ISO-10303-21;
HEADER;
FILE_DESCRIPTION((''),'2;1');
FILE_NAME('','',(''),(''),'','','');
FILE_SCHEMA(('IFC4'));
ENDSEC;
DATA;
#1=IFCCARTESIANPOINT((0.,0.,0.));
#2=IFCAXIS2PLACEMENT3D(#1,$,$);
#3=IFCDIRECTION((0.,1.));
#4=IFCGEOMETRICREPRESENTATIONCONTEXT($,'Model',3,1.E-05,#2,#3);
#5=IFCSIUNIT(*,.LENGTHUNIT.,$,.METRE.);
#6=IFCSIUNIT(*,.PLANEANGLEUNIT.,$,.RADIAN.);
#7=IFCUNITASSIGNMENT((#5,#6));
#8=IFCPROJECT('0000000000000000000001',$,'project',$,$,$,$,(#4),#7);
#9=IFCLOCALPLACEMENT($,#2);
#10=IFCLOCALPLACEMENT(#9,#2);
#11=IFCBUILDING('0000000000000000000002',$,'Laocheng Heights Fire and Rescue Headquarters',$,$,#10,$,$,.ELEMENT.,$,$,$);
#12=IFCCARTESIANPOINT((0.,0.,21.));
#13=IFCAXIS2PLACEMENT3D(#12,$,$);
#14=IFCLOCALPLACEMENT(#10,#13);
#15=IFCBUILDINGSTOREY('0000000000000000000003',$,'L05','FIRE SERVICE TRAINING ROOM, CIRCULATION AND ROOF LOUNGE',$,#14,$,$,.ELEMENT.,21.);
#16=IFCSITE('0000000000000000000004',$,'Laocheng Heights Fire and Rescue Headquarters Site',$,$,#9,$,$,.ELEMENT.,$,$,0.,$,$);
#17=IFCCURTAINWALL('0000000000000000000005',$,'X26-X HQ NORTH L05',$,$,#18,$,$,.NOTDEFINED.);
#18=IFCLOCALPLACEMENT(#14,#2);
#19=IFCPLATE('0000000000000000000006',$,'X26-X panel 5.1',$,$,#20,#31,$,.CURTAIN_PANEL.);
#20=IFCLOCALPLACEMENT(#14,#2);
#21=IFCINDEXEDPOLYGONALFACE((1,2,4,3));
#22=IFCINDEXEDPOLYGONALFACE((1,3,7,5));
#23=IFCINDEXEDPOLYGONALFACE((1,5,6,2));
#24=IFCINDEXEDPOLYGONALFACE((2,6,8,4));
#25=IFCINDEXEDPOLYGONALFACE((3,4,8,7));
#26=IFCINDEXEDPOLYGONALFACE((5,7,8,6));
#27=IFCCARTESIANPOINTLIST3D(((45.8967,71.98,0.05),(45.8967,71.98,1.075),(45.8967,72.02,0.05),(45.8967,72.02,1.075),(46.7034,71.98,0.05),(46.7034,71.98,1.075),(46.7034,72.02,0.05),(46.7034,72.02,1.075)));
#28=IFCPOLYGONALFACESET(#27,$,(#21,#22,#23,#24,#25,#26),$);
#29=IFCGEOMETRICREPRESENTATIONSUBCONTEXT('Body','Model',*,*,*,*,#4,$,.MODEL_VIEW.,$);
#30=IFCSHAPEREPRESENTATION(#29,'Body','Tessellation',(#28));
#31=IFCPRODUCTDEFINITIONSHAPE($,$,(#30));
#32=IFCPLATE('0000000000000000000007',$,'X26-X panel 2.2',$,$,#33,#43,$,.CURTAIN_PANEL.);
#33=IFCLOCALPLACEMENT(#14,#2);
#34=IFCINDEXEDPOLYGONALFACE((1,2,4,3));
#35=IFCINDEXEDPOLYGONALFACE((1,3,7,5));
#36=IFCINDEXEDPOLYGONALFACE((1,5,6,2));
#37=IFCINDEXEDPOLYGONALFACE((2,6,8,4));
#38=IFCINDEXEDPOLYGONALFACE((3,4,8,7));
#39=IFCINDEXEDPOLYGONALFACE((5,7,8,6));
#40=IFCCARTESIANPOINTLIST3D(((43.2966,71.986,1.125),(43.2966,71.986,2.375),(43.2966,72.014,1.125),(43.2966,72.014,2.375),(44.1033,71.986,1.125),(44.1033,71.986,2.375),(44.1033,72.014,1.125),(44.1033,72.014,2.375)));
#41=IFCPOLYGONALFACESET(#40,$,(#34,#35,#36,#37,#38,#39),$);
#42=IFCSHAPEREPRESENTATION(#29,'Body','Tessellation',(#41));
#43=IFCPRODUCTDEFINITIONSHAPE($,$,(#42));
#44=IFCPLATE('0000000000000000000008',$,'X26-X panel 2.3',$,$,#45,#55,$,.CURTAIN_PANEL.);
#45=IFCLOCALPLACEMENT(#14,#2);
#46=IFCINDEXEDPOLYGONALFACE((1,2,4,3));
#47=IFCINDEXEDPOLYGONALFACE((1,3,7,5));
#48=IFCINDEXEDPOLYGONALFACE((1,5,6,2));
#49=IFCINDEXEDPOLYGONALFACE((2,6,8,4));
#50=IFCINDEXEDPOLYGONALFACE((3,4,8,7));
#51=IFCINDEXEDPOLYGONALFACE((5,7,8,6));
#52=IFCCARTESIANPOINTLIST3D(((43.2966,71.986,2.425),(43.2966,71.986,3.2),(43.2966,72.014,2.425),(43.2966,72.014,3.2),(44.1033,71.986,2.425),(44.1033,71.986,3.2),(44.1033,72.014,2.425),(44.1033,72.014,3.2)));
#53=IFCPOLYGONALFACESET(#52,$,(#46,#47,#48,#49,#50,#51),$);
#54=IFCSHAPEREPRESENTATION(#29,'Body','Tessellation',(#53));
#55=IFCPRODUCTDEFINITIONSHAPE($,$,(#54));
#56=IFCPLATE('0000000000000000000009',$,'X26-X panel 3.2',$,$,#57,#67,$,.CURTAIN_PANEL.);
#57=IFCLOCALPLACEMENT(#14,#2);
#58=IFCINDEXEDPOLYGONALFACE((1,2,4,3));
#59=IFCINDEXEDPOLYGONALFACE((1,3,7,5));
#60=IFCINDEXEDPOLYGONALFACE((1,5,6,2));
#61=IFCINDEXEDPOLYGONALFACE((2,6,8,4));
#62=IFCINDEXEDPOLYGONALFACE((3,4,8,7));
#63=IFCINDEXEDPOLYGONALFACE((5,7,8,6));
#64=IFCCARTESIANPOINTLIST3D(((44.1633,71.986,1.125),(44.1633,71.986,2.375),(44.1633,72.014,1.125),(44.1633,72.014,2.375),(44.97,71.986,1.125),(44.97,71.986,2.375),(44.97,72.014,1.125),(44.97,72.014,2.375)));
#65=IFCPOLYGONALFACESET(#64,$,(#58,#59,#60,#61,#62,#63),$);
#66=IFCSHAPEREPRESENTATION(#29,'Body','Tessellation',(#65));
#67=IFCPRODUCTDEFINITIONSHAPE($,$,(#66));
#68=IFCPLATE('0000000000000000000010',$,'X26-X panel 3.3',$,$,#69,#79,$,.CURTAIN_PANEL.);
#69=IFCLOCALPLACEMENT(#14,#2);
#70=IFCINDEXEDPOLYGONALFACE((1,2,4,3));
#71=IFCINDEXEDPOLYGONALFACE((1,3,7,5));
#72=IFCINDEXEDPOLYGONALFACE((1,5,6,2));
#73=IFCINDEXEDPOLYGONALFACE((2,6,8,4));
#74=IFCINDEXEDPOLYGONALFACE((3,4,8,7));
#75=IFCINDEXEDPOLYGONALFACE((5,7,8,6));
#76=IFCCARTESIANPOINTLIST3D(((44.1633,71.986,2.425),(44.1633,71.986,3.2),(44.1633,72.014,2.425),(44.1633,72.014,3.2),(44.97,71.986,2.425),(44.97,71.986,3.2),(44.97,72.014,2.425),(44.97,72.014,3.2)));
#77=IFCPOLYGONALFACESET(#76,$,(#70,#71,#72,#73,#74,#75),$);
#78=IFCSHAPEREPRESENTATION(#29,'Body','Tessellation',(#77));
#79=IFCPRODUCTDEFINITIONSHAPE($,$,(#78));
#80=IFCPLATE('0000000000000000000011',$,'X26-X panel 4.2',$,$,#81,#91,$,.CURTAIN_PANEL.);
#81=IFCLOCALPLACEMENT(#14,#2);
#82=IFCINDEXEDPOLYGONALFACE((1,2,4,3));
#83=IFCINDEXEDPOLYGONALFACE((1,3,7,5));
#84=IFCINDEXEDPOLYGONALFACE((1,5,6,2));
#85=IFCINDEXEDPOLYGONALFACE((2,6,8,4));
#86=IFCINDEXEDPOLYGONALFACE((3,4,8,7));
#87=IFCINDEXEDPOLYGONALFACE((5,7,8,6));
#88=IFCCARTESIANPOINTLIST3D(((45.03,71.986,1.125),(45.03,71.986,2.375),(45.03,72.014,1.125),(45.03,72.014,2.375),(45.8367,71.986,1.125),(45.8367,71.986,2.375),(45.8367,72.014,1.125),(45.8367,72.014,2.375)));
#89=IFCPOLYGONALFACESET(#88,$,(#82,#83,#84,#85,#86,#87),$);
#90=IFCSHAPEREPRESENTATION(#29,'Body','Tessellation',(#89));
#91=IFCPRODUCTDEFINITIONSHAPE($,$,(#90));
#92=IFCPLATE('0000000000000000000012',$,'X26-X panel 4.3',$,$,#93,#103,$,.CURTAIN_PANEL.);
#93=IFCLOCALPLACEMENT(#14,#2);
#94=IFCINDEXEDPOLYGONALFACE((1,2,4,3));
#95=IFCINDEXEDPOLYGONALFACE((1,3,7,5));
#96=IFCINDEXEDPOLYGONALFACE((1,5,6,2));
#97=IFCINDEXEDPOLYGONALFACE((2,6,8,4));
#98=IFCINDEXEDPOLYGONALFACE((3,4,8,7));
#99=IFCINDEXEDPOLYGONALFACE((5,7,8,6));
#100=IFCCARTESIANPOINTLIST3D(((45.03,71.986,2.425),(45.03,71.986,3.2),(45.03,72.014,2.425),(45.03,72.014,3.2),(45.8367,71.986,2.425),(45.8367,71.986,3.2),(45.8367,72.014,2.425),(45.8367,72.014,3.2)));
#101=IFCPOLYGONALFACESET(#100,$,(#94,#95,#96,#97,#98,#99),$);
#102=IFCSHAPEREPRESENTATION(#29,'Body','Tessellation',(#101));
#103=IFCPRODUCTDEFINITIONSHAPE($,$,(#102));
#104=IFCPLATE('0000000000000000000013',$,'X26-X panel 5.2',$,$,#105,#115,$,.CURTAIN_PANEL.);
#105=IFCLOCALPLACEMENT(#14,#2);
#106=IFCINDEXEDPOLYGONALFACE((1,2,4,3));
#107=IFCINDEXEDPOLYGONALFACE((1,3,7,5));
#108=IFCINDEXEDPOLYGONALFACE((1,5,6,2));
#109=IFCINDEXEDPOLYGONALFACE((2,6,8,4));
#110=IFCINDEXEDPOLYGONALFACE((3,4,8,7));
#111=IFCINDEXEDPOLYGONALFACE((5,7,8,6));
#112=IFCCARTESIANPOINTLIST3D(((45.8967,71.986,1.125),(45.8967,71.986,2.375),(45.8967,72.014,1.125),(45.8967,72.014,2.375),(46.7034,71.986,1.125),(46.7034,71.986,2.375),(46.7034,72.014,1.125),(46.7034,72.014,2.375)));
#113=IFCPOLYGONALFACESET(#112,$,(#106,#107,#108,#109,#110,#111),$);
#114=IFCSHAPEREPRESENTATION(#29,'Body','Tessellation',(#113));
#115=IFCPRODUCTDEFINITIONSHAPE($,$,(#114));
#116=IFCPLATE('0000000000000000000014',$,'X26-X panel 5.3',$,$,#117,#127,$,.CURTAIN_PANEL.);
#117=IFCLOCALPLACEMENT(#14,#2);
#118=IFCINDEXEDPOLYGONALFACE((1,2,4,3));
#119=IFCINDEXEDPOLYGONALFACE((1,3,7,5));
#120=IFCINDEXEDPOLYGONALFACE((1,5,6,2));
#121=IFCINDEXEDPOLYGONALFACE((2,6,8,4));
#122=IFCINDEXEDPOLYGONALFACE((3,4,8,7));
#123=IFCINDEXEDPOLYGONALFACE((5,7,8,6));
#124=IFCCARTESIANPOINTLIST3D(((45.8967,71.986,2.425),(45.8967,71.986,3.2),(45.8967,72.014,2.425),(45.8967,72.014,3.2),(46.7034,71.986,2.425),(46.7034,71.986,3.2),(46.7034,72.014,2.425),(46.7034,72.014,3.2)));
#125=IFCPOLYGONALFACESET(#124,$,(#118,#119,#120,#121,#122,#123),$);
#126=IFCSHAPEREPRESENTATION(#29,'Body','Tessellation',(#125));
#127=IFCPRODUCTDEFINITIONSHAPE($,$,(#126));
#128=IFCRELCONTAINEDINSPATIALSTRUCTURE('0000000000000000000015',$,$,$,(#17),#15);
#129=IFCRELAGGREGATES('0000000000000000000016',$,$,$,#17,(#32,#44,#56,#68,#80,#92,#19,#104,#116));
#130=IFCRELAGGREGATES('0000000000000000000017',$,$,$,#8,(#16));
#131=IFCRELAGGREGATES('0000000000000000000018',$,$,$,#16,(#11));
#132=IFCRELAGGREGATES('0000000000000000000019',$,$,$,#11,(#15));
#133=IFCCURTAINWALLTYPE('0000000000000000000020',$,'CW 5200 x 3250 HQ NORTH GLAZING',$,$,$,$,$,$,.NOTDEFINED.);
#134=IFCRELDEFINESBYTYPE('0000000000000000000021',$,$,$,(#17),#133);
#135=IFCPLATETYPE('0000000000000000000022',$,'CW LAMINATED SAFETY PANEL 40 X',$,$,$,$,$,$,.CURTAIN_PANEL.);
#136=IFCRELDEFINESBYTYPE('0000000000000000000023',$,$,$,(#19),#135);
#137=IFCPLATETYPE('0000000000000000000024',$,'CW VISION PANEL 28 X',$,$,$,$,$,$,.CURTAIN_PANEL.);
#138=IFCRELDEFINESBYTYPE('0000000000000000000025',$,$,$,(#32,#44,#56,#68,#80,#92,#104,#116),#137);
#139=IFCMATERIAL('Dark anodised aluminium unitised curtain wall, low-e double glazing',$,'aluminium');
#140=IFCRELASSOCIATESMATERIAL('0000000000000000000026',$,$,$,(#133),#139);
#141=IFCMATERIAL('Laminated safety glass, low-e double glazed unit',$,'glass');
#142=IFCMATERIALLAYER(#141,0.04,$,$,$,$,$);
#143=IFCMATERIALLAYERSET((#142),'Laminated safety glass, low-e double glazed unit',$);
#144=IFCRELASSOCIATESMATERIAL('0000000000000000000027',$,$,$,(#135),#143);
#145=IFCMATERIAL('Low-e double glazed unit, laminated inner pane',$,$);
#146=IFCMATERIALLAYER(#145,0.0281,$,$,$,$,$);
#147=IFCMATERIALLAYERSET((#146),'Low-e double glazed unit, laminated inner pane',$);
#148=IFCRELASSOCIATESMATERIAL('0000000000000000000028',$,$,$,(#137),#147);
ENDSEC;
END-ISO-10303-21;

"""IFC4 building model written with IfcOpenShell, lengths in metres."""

from ifc_helpers import new_model, si_unit, direction, frame, origin, origin_2d, place, context, subcontext, project, spatial, rectangle, extrude, material, layer, layer_set, type_object, element, aggregate, save


model = new_model("IFC4")

# Units and contexts
model_context = context("Model", 3, precision=1e-05, world=origin(), true_north=direction((0.0, 1.0)))
body_context = subcontext(model_context, "Body", "Model", "MODEL_VIEW")
ifc_project = project(units=[si_unit("LENGTHUNIT", "METRE"), si_unit("PLANEANGLEUNIT", "RADIAN")], contexts=[model_context])

# Site, building, storey
site_placement = place(None, origin())
site = spatial("IfcSite", under=ifc_project, at=site_placement, Name="Laocheng Heights Fire and Rescue Headquarters Site", CompositionType="ELEMENT", RefElevation=0.0)
building_placement = place(site_placement, origin())
building = spatial("IfcBuilding", under=site, at=building_placement, Name="Laocheng Heights Fire and Rescue Headquarters", CompositionType="ELEMENT")
storey_placement = place(building_placement, frame((0.0, 0.0, 21.0)))
storey = spatial("IfcBuildingStorey", under=building, at=storey_placement, Name="L05", Description="FIRE SERVICE TRAINING ROOM, CIRCULATION AND ROOF LOUNGE", CompositionType="ELEMENT", Elevation=21.0)

# Curtain wall, plates
ifc_material_1 = material(Name="Dark anodised aluminium unitised curtain wall, low-e double glazing", Category="aluminium")
curtain_wall_type = type_object("IfcCurtainWallType", Name="CW 5200 x 3250 HQ NORTH GLAZING", PredefinedType="NOTDEFINED", material=ifc_material_1)
curtain_wall_placement = place(storey_placement, origin())
curtain_wall = element("IfcCurtainWall", 1, at=curtain_wall_placement, inside=storey, type_object=curtain_wall_type, Name="X26-X HQ NORTH L05", PredefinedType="NOTDEFINED")
ifc_material_2 = material(Name="Laminated safety glass, low-e double glazed unit", Category="glass")
ifc_layer_1 = layer(ifc_material_2, 0.04)
ifc_layer_set_1 = layer_set([ifc_layer_1], Name="Laminated safety glass, low-e double glazed unit")
plate_type_1 = type_object("IfcPlateType", Name="CW LAMINATED SAFETY PANEL 40 X", PredefinedType="CURTAIN_PANEL", material=ifc_layer_set_1)
plate_1_placement = place(storey_placement, frame((46.3, 72.0, 0.05), z_axis=(0.0, 0.0, 1.0), x_axis=(1.0, 0.0, 0.0)))
plate_1 = element("IfcPlate", 2, at=plate_1_placement, type_object=plate_type_1, Name="X26-X panel 5.1", PredefinedType="CURTAIN_PANEL", context=body_context, shape_type="SweptSolid", body=[
    extrude(rectangle(XDim=0.8066, YDim=0.04, at=origin_2d()), origin(), (0.0, 0.0, 1.0), 1.0249),
])
ifc_material_3 = material(Name="Low-e double glazed unit, laminated inner pane")
ifc_layer_2 = layer(ifc_material_3, 0.0281)
ifc_layer_set_2 = layer_set([ifc_layer_2], Name="Low-e double glazed unit, laminated inner pane")
plate_type_2 = type_object("IfcPlateType", Name="CW VISION PANEL 28 X", PredefinedType="CURTAIN_PANEL", material=ifc_layer_set_2)
plate_2_placement = place(storey_placement, frame((43.7, 72.0, 1.125), z_axis=(0.0, 0.0, 1.0), x_axis=(1.0, 0.0, 0.0)))
plate_2 = element("IfcPlate", 3, at=plate_2_placement, type_object=plate_type_2, Name="X26-X panel 2.2", PredefinedType="CURTAIN_PANEL", context=body_context, shape_type="SweptSolid", body=[
    extrude(rectangle(XDim=0.8066, YDim=0.0281, at=origin_2d()), origin(), (0.0, 0.0, 1.0), 1.25),
])
plate_3_placement = place(storey_placement, frame((43.7, 72.0, 2.425), z_axis=(0.0, 0.0, 1.0), x_axis=(1.0, 0.0, 0.0)))
plate_3 = element("IfcPlate", 4, at=plate_3_placement, type_object=plate_type_2, Name="X26-X panel 2.3", PredefinedType="CURTAIN_PANEL", context=body_context, shape_type="SweptSolid", body=[
    extrude(rectangle(XDim=0.8066, YDim=0.0281, at=origin_2d()), origin(), (0.0, 0.0, 1.0), 0.7749),
])
plate_4_placement = place(storey_placement, frame((44.5667, 72.0, 1.125), z_axis=(0.0, 0.0, 1.0), x_axis=(1.0, 0.0, 0.0)))
plate_4 = element("IfcPlate", 5, at=plate_4_placement, type_object=plate_type_2, Name="X26-X panel 3.2", PredefinedType="CURTAIN_PANEL", context=body_context, shape_type="SweptSolid", body=[
    extrude(rectangle(XDim=0.8066, YDim=0.0281, at=origin_2d()), origin(), (0.0, 0.0, 1.0), 1.25),
])
plate_5_placement = place(storey_placement, frame((44.5667, 72.0, 2.425), z_axis=(0.0, 0.0, 1.0), x_axis=(1.0, 0.0, 0.0)))
plate_5 = element("IfcPlate", 6, at=plate_5_placement, type_object=plate_type_2, Name="X26-X panel 3.3", PredefinedType="CURTAIN_PANEL", context=body_context, shape_type="SweptSolid", body=[
    extrude(rectangle(XDim=0.8066, YDim=0.0281, at=origin_2d()), origin(), (0.0, 0.0, 1.0), 0.7749),
])
plate_6_placement = place(storey_placement, frame((45.4333, 72.0, 1.125), z_axis=(0.0, 0.0, 1.0), x_axis=(1.0, 0.0, 0.0)))
plate_6 = element("IfcPlate", 7, at=plate_6_placement, type_object=plate_type_2, Name="X26-X panel 4.2", PredefinedType="CURTAIN_PANEL", context=body_context, shape_type="SweptSolid", body=[
    extrude(rectangle(XDim=0.8066, YDim=0.0281, at=origin_2d()), origin(), (0.0, 0.0, 1.0), 1.25),
])
plate_7_placement = place(storey_placement, frame((45.4333, 72.0, 2.425), z_axis=(0.0, 0.0, 1.0), x_axis=(1.0, 0.0, 0.0)))
plate_7 = element("IfcPlate", 8, at=plate_7_placement, type_object=plate_type_2, Name="X26-X panel 4.3", PredefinedType="CURTAIN_PANEL", context=body_context, shape_type="SweptSolid", body=[
    extrude(rectangle(XDim=0.8066, YDim=0.0281, at=origin_2d()), origin(), (0.0, 0.0, 1.0), 0.7749),
])
plate_8_placement = place(storey_placement, frame((46.3, 72.0, 1.125), z_axis=(0.0, 0.0, 1.0), x_axis=(1.0, 0.0, 0.0)))
plate_8 = element("IfcPlate", 9, at=plate_8_placement, type_object=plate_type_2, Name="X26-X panel 5.2", PredefinedType="CURTAIN_PANEL", context=body_context, shape_type="SweptSolid", body=[
    extrude(rectangle(XDim=0.8066, YDim=0.0281, at=origin_2d()), origin(), (0.0, 0.0, 1.0), 1.25),
])
plate_9_placement = place(storey_placement, frame((46.3, 72.0, 2.425), z_axis=(0.0, 0.0, 1.0), x_axis=(1.0, 0.0, 0.0)))
plate_9 = element("IfcPlate", 10, at=plate_9_placement, type_object=plate_type_2, Name="X26-X panel 5.3", PredefinedType="CURTAIN_PANEL", context=body_context, shape_type="SweptSolid", body=[
    extrude(rectangle(XDim=0.8066, YDim=0.0281, at=origin_2d()), origin(), (0.0, 0.0, 1.0), 0.7749),
])
aggregate(curtain_wall, [plate_2, plate_3, plate_4, plate_5, plate_6, plate_7, plate_1, plate_8, plate_9])

save(model, "model.ifc")
